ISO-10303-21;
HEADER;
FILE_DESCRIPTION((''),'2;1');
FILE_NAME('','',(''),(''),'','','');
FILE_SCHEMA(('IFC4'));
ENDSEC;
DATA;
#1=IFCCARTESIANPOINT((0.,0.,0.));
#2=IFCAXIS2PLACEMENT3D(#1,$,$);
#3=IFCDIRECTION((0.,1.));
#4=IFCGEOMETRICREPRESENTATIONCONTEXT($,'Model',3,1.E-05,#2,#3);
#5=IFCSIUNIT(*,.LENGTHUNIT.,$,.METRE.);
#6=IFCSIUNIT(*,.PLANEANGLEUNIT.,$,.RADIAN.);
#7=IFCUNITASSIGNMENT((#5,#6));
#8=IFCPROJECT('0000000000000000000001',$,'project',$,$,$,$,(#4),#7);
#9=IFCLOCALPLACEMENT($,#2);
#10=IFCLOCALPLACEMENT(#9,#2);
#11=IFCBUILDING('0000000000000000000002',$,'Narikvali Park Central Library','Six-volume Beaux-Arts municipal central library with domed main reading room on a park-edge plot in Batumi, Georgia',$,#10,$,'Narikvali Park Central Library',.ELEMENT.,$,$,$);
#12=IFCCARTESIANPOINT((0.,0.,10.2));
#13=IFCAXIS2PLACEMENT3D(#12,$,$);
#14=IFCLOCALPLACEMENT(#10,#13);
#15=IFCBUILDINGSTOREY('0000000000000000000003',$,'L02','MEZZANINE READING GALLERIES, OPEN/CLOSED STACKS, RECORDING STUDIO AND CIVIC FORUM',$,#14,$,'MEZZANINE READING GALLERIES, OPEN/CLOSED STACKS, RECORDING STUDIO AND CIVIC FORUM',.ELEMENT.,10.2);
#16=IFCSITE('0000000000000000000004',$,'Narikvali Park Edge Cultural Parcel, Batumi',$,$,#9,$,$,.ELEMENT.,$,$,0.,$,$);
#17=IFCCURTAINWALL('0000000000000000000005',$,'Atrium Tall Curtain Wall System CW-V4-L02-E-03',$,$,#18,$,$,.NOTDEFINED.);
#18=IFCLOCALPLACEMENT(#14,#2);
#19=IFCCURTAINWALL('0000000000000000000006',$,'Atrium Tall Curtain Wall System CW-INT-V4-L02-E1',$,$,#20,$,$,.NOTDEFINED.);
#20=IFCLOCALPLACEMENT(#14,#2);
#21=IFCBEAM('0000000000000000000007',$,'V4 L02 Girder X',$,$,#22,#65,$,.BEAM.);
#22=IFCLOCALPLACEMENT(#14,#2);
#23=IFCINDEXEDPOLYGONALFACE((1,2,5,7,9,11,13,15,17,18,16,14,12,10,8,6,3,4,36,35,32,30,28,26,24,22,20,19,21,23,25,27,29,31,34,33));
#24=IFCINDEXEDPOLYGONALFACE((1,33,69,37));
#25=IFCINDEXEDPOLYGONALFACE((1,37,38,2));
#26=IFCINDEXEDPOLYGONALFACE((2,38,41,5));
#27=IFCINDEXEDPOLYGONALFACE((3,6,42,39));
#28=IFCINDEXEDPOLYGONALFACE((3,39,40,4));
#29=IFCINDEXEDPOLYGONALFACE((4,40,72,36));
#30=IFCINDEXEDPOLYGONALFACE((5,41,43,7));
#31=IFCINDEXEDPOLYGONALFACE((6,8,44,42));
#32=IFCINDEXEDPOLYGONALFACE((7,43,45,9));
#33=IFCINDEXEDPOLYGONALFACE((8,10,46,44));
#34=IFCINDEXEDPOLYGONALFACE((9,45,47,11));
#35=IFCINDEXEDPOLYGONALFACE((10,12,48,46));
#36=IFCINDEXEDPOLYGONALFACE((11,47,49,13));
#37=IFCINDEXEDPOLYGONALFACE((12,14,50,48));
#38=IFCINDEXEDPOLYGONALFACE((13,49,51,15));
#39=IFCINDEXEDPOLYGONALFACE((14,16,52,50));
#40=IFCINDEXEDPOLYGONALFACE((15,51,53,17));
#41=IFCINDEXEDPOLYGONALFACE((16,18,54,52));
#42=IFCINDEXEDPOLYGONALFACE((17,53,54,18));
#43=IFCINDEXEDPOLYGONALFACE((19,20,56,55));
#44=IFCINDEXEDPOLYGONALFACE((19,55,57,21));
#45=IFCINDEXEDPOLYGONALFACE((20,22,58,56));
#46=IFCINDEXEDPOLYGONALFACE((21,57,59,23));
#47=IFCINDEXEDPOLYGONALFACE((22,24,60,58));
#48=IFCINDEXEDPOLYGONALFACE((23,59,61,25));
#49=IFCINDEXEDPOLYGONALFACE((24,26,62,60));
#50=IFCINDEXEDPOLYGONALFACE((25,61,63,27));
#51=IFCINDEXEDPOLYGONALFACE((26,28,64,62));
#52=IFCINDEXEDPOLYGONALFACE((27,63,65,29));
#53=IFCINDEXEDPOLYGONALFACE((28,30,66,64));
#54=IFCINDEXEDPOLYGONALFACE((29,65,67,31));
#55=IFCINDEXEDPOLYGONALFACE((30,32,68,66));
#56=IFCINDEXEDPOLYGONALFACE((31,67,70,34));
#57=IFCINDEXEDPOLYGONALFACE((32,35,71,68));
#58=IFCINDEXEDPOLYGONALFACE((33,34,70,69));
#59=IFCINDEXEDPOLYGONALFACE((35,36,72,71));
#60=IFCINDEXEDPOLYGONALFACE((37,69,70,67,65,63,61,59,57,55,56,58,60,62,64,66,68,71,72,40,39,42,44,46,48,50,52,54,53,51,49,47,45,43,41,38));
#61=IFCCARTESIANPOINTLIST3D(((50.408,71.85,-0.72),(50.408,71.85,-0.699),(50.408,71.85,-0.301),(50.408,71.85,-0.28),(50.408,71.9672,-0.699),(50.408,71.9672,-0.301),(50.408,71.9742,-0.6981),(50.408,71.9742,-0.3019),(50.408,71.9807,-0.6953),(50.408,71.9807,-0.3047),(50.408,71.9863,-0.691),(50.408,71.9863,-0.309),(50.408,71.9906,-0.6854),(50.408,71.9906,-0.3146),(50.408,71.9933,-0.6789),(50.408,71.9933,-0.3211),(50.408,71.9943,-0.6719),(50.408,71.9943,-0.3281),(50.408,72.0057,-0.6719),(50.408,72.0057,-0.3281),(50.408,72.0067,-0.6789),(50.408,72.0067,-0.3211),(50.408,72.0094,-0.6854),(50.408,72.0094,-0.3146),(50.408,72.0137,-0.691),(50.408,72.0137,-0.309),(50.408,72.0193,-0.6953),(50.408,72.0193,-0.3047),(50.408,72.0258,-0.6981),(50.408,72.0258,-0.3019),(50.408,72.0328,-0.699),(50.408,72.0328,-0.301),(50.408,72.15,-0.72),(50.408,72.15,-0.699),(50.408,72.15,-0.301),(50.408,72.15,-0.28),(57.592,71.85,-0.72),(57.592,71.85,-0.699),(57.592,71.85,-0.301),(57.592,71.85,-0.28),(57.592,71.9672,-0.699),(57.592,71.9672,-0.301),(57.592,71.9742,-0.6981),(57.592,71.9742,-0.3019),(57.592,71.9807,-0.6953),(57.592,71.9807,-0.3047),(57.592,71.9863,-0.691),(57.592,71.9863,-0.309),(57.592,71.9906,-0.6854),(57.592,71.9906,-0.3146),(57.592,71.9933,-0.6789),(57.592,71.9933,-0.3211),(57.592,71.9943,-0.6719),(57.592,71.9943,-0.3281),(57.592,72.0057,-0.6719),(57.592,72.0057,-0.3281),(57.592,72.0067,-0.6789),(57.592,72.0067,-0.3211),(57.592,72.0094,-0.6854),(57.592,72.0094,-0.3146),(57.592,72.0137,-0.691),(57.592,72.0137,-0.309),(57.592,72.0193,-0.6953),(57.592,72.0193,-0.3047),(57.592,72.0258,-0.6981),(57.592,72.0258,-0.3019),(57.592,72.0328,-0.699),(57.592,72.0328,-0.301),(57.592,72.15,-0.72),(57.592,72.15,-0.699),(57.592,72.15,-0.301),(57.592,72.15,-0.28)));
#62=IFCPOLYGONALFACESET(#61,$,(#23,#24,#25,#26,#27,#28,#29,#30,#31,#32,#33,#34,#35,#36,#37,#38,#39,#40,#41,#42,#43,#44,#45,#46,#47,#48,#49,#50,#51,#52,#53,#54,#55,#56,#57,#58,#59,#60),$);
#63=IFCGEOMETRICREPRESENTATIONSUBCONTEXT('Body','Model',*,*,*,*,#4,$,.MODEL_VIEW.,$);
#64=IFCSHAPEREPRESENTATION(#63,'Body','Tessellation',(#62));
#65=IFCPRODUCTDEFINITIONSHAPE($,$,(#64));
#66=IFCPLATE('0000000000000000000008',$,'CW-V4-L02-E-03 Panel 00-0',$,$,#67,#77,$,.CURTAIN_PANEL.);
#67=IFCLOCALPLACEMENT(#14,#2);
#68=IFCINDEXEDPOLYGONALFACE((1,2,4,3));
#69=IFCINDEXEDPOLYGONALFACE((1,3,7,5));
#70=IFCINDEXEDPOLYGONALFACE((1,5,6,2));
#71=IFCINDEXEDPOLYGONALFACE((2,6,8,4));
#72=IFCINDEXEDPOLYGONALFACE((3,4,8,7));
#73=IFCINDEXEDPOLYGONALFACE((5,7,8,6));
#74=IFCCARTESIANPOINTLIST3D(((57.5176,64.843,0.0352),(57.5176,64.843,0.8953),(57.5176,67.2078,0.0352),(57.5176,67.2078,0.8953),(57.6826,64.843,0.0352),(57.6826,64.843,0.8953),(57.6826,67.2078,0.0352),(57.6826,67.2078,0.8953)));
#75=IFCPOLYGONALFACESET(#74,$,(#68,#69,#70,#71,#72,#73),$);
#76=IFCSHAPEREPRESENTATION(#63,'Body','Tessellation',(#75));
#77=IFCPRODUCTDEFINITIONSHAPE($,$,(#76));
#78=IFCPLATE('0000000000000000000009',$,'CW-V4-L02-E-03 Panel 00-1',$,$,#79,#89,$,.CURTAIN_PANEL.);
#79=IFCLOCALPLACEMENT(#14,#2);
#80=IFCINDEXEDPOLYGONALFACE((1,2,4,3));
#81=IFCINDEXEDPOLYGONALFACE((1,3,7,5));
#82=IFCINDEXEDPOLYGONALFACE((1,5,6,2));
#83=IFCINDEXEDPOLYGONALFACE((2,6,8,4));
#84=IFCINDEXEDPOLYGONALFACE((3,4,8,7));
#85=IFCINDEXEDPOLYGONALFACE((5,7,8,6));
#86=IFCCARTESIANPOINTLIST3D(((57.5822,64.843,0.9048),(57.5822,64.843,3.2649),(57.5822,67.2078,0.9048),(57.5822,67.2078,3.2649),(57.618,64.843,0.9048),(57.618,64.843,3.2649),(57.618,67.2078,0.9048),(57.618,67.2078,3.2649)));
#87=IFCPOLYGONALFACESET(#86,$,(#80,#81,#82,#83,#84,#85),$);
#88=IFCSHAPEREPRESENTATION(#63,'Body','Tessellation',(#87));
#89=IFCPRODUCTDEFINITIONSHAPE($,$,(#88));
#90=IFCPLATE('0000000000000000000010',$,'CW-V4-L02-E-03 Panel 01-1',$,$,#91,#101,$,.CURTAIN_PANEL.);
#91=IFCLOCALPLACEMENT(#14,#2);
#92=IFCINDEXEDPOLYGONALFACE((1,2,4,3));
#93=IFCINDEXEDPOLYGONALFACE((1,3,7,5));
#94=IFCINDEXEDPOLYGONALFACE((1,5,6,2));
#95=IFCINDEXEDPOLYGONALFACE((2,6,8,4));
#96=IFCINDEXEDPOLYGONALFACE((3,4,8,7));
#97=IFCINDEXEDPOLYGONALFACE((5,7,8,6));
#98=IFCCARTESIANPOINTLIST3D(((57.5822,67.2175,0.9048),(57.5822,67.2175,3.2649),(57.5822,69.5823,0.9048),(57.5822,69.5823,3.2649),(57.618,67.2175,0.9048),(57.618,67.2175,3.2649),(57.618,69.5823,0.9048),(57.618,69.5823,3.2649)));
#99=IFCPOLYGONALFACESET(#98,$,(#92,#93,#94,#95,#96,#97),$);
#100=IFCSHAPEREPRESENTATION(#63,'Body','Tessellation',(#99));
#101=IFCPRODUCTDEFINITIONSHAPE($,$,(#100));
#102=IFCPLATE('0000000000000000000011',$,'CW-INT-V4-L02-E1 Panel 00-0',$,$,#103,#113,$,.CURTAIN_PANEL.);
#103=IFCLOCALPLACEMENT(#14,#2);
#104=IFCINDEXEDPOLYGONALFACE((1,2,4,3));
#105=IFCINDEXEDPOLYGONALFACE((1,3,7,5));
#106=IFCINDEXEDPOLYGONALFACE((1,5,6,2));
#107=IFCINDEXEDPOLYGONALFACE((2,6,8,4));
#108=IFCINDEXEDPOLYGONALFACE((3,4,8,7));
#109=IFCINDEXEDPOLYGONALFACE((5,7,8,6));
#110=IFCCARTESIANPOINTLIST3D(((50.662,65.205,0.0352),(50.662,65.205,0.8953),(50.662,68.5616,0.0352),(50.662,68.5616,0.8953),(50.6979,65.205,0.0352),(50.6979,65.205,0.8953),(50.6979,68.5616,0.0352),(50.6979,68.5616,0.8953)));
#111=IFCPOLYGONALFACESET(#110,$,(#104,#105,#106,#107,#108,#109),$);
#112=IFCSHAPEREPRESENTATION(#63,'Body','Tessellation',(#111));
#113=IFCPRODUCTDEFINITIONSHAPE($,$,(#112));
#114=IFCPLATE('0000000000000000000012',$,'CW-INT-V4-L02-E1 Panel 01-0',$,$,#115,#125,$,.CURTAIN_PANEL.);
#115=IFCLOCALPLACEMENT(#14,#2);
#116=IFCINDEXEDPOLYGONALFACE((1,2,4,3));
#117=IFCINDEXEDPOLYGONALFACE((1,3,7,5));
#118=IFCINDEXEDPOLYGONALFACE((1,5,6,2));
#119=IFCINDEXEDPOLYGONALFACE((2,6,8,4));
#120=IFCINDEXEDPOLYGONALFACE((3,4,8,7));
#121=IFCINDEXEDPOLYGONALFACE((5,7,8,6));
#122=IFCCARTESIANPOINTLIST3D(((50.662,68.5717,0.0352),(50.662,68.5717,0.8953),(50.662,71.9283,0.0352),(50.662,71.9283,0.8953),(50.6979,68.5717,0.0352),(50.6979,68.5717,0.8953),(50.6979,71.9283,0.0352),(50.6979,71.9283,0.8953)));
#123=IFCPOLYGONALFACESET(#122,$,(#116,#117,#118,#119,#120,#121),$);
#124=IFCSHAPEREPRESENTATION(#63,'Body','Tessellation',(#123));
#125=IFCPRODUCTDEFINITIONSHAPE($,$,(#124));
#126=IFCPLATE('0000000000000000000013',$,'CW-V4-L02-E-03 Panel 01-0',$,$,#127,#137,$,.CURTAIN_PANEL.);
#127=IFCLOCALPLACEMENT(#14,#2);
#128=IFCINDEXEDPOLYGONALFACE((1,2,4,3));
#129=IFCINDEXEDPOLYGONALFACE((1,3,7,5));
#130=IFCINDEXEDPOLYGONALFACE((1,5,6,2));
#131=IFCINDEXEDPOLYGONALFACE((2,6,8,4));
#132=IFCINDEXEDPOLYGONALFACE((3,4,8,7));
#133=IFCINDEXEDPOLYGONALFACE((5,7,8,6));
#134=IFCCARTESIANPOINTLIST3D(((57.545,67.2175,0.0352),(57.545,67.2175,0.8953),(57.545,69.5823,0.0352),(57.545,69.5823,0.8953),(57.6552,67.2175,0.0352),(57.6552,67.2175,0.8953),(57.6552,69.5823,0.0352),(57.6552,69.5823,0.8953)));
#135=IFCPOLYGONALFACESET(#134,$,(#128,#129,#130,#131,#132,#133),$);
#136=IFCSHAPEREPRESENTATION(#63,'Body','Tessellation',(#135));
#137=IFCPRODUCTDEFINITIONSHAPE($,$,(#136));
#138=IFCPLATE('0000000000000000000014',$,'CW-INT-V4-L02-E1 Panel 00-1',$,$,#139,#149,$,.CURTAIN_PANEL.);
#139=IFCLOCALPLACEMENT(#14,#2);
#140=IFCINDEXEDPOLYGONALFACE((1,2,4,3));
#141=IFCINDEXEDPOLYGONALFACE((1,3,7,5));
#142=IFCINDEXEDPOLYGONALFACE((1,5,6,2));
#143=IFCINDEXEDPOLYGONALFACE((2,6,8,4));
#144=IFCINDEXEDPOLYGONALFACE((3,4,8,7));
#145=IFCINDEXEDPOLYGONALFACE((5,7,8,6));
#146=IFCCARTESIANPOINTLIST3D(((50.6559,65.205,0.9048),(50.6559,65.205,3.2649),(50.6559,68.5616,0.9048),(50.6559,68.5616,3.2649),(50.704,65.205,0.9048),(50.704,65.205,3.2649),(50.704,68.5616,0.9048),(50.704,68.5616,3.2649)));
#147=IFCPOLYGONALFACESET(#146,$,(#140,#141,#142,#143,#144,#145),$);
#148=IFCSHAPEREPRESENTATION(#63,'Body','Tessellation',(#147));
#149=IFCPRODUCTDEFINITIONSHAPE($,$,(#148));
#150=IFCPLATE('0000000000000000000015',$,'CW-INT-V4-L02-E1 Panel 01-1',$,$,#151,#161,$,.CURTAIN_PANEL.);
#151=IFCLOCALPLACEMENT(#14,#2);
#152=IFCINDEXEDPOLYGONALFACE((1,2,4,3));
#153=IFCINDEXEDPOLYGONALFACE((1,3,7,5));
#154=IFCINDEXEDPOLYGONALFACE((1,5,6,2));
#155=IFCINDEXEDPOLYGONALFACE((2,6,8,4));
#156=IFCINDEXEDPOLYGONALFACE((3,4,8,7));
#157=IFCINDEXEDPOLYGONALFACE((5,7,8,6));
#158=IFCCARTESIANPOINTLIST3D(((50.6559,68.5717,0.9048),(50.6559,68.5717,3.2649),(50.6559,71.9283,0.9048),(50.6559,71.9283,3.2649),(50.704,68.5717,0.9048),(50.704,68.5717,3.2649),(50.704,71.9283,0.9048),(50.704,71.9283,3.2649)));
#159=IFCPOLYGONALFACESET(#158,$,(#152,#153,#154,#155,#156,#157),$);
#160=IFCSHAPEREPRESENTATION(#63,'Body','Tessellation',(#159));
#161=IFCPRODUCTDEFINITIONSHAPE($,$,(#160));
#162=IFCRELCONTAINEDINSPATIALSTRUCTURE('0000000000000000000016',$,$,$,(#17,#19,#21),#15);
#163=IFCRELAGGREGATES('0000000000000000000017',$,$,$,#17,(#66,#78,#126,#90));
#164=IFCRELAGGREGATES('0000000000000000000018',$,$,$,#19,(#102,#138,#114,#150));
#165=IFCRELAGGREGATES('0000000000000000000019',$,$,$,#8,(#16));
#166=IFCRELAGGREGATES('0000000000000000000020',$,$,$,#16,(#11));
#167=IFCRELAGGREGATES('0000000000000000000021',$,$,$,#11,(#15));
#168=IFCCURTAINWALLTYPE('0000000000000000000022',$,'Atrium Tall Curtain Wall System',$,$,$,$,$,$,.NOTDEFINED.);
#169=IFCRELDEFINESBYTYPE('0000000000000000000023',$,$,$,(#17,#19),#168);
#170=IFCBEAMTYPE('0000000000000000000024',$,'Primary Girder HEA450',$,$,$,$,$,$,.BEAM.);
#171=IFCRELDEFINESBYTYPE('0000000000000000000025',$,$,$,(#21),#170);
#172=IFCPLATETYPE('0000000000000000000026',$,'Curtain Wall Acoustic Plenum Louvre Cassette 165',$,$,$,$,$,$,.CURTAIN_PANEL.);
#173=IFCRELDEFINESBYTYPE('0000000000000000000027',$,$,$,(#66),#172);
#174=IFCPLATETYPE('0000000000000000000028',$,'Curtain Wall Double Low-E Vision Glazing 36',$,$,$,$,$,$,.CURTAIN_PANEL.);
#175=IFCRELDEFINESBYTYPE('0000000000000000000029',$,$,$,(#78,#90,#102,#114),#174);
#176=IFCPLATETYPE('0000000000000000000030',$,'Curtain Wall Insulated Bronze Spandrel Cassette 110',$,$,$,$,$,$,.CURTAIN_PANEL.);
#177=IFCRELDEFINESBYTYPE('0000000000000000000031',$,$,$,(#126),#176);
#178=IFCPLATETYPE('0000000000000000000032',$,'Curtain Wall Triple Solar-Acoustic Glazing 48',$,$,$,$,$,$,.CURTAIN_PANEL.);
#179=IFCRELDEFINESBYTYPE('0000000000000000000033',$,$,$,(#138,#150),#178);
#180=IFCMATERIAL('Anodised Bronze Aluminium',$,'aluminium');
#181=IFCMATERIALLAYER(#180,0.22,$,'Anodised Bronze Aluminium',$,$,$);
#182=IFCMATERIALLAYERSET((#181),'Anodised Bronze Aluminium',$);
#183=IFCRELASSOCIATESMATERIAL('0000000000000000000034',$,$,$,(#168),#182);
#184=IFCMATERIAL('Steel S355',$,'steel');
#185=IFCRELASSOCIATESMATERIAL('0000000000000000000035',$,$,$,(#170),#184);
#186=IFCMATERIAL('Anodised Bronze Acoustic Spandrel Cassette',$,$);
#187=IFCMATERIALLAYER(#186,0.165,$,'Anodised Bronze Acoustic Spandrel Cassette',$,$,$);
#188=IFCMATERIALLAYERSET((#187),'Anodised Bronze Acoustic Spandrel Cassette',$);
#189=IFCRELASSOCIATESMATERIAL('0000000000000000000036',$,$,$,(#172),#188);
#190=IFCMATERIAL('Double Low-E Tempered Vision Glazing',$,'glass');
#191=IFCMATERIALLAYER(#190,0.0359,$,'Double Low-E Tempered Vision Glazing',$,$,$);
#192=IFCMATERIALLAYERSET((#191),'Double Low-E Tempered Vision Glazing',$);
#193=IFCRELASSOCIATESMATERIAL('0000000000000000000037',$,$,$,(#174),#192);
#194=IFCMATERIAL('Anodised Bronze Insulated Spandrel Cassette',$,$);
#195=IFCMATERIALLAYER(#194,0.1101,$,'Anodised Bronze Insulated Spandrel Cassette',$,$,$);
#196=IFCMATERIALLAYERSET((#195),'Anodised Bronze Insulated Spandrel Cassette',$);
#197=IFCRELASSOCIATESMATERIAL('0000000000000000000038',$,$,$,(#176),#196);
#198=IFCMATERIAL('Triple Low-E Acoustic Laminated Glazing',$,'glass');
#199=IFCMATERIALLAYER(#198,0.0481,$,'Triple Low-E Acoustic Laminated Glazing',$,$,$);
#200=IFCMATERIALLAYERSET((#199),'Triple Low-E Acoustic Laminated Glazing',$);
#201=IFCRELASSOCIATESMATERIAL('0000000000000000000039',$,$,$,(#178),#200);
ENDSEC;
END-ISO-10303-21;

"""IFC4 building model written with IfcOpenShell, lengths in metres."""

from ifc_helpers import new_model, si_unit, direction, frame, origin, origin_2d, place, context, subcontext, project, spatial, rectangle, i_section, extrude, material, layer, layer_set, material_profile, profile_set, type_object, element, aggregate, save


model = new_model("IFC4")

# Units and contexts
model_context = context("Model", 3, precision=1e-05, world=origin(), true_north=direction((0.0, 1.0)))
body_context = subcontext(model_context, "Body", "Model", "MODEL_VIEW")
ifc_project = project(units=[si_unit("LENGTHUNIT", "METRE"), si_unit("PLANEANGLEUNIT", "RADIAN")], contexts=[model_context])

# Site, building, storey
site_placement = place(None, origin())
site = spatial("IfcSite", under=ifc_project, at=site_placement, Name="Narikvali Park Edge Cultural Parcel, Batumi", CompositionType="ELEMENT", RefElevation=0.0)
building_placement = place(site_placement, origin())
building = spatial("IfcBuilding", under=site, at=building_placement, Name="Narikvali Park Central Library", Description="Six-volume Beaux-Arts municipal central library with domed main reading room on a park-edge plot in Batumi, Georgia", LongName="Narikvali Park Central Library", CompositionType="ELEMENT")
storey_placement = place(building_placement, frame((0.0, 0.0, 10.2)))
storey = spatial("IfcBuildingStorey", under=building, at=storey_placement, Name="L02", Description="MEZZANINE READING GALLERIES, OPEN/CLOSED STACKS, RECORDING STUDIO AND CIVIC FORUM", LongName="MEZZANINE READING GALLERIES, OPEN/CLOSED STACKS, RECORDING STUDIO AND CIVIC FORUM", CompositionType="ELEMENT", Elevation=10.2)

# Shared definitions
ifc_material_1 = material(Name="Steel S355", Category="steel")

# Curtain walls
ifc_material_2 = material(Name="Anodised Bronze Aluminium", Category="aluminium")
ifc_layer_1 = layer(ifc_material_2, 0.22, Name="Anodised Bronze Aluminium")
ifc_layer_set_1 = layer_set([ifc_layer_1], Name="Anodised Bronze Aluminium")
curtain_wall_type = type_object("IfcCurtainWallType", Name="Atrium Tall Curtain Wall System", PredefinedType="NOTDEFINED", material=ifc_layer_set_1)
curtain_wall_1_placement = place(storey_placement, origin())
curtain_wall_1 = element("IfcCurtainWall", 1, at=curtain_wall_1_placement, inside=storey, type_object=curtain_wall_type, Name="Atrium Tall Curtain Wall System CW-V4-L02-E-03", PredefinedType="NOTDEFINED")
curtain_wall_2_placement = place(storey_placement, origin())
curtain_wall_2 = element("IfcCurtainWall", 2, at=curtain_wall_2_placement, inside=storey, type_object=curtain_wall_type, Name="Atrium Tall Curtain Wall System CW-INT-V4-L02-E1", PredefinedType="NOTDEFINED")

# Beam
ifc_material_profile_1 = material_profile(ifc_material_1, i_section(OverallWidth=0.3, OverallDepth=0.4399, WebThickness=0.0115, FlangeThickness=0.021, FilletRadius=0.0271, at=origin_2d()), Name="HEA 450")
ifc_profile_set_1 = profile_set([ifc_material_profile_1], Name="Steel S355")
beam_type_1 = type_object("IfcBeamType", Name="Primary Girder HEA450", PredefinedType="BEAM", material=ifc_profile_set_1)
beam_1_placement = place(storey_placement, frame((50.408, 72.0, -0.5), z_axis=(1.0, 0.0, 0.0), x_axis=(0.0, 1.0, 0.0)))
element("IfcBeam", 3, at=beam_1_placement, inside=storey, type_object=beam_type_1, Name="V4 L02 Girder X", PredefinedType="BEAM", context=body_context, shape_type="SweptSolid", body=[
    extrude(i_section(OverallWidth=0.3, OverallDepth=0.4399, WebThickness=0.0115, FlangeThickness=0.021, FilletRadius=0.0271, at=origin_2d()), origin(), (0.0, 0.0, 1.0), 7.1841),
])

# Plates
ifc_material_3 = material(Name="Anodised Bronze Acoustic Spandrel Cassette")
ifc_layer_2 = layer(ifc_material_3, 0.165, Name="Anodised Bronze Acoustic Spandrel Cassette")
ifc_layer_set_2 = layer_set([ifc_layer_2], Name="Anodised Bronze Acoustic Spandrel Cassette")
plate_type_1 = type_object("IfcPlateType", Name="Curtain Wall Acoustic Plenum Louvre Cassette 165", PredefinedType="CURTAIN_PANEL", material=ifc_layer_set_2)
plate_1_placement = place(storey_placement, frame((57.6001, 66.0254, 0.0352), z_axis=(0.0, 0.0, 1.0), x_axis=(0.0, 1.0, 0.0)))
plate_1 = element("IfcPlate", 4, at=plate_1_placement, type_object=plate_type_1, Name="CW-V4-L02-E-03 Panel 00-0", PredefinedType="CURTAIN_PANEL", context=body_context, shape_type="SweptSolid", body=[
    extrude(rectangle(XDim=2.3647, YDim=0.165, at=origin_2d()), origin(), (0.0, 0.0, 1.0), 0.8601),
])
ifc_material_4 = material(Name="Double Low-E Tempered Vision Glazing", Category="glass")
ifc_layer_3 = layer(ifc_material_4, 0.0359, Name="Double Low-E Tempered Vision Glazing")
ifc_layer_set_3 = layer_set([ifc_layer_3], Name="Double Low-E Tempered Vision Glazing")
plate_type_2 = type_object("IfcPlateType", Name="Curtain Wall Double Low-E Vision Glazing 36", PredefinedType="CURTAIN_PANEL", material=ifc_layer_set_3)
plate_2_placement = place(storey_placement, frame((57.6001, 66.0254, 0.9048), z_axis=(0.0, 0.0, 1.0), x_axis=(0.0, 1.0, 0.0)))
plate_2 = element("IfcPlate", 5, at=plate_2_placement, type_object=plate_type_2, Name="CW-V4-L02-E-03 Panel 00-1", PredefinedType="CURTAIN_PANEL", context=body_context, shape_type="SweptSolid", body=[
    extrude(rectangle(XDim=2.3647, YDim=0.0359, at=origin_2d()), origin(), (0.0, 0.0, 1.0), 2.3601),
])
plate_3_placement = place(storey_placement, frame((57.6001, 68.3999, 0.9048), z_axis=(0.0, 0.0, 1.0), x_axis=(0.0, 1.0, 0.0)))
plate_3 = element("IfcPlate", 6, at=plate_3_placement, type_object=plate_type_2, Name="CW-V4-L02-E-03 Panel 01-1", PredefinedType="CURTAIN_PANEL", context=body_context, shape_type="SweptSolid", body=[
    extrude(rectangle(XDim=2.3647, YDim=0.0359, at=origin_2d()), origin(), (0.0, 0.0, 1.0), 2.3601),
])
plate_4_placement = place(storey_placement, frame((50.6799, 66.8833, 0.0352), z_axis=(0.0, 0.0, 1.0), x_axis=(0.0, 1.0, 0.0)))
plate_4 = element("IfcPlate", 7, at=plate_4_placement, type_object=plate_type_2, Name="CW-INT-V4-L02-E1 Panel 00-0", PredefinedType="CURTAIN_PANEL", context=body_context, shape_type="SweptSolid", body=[
    extrude(rectangle(XDim=3.3567, YDim=0.0359, at=origin_2d()), origin(), (0.0, 0.0, 1.0), 0.8601),
])
plate_5_placement = place(storey_placement, frame((50.6799, 70.25, 0.0352), z_axis=(0.0, 0.0, 1.0), x_axis=(0.0, 1.0, 0.0)))
plate_5 = element("IfcPlate", 8, at=plate_5_placement, type_object=plate_type_2, Name="CW-INT-V4-L02-E1 Panel 01-0", PredefinedType="CURTAIN_PANEL", context=body_context, shape_type="SweptSolid", body=[
    extrude(rectangle(XDim=3.3567, YDim=0.0359, at=origin_2d()), origin(), (0.0, 0.0, 1.0), 0.8601),
])
ifc_material_5 = material(Name="Anodised Bronze Insulated Spandrel Cassette")
ifc_layer_4 = layer(ifc_material_5, 0.1101, Name="Anodised Bronze Insulated Spandrel Cassette")
ifc_layer_set_4 = layer_set([ifc_layer_4], Name="Anodised Bronze Insulated Spandrel Cassette")
plate_type_3 = type_object("IfcPlateType", Name="Curtain Wall Insulated Bronze Spandrel Cassette 110", PredefinedType="CURTAIN_PANEL", material=ifc_layer_set_4)
plate_6_placement = place(storey_placement, frame((57.6001, 68.3999, 0.0352), z_axis=(0.0, 0.0, 1.0), x_axis=(0.0, 1.0, 0.0)))
plate_6 = element("IfcPlate", 9, at=plate_6_placement, type_object=plate_type_3, Name="CW-V4-L02-E-03 Panel 01-0", PredefinedType="CURTAIN_PANEL", context=body_context, shape_type="SweptSolid", body=[
    extrude(rectangle(XDim=2.3647, YDim=0.1101, at=origin_2d()), origin(), (0.0, 0.0, 1.0), 0.8601),
])
aggregate(curtain_wall_1, [plate_1, plate_2, plate_6, plate_3])
ifc_material_6 = material(Name="Triple Low-E Acoustic Laminated Glazing", Category="glass")
ifc_layer_5 = layer(ifc_material_6, 0.0481, Name="Triple Low-E Acoustic Laminated Glazing")
ifc_layer_set_5 = layer_set([ifc_layer_5], Name="Triple Low-E Acoustic Laminated Glazing")
plate_type_4 = type_object("IfcPlateType", Name="Curtain Wall Triple Solar-Acoustic Glazing 48", PredefinedType="CURTAIN_PANEL", material=ifc_layer_set_5)
plate_7_placement = place(storey_placement, frame((50.6799, 66.8833, 0.9048), z_axis=(0.0, 0.0, 1.0), x_axis=(0.0, 1.0, 0.0)))
plate_7 = element("IfcPlate", 10, at=plate_7_placement, type_object=plate_type_4, Name="CW-INT-V4-L02-E1 Panel 00-1", PredefinedType="CURTAIN_PANEL", context=body_context, shape_type="SweptSolid", body=[
    extrude(rectangle(XDim=3.3567, YDim=0.0481, at=origin_2d()), origin(), (0.0, 0.0, 1.0), 2.3601),
])
plate_8_placement = place(storey_placement, frame((50.6799, 70.25, 0.9048), z_axis=(0.0, 0.0, 1.0), x_axis=(0.0, 1.0, 0.0)))
plate_8 = element("IfcPlate", 11, at=plate_8_placement, type_object=plate_type_4, Name="CW-INT-V4-L02-E1 Panel 01-1", PredefinedType="CURTAIN_PANEL", context=body_context, shape_type="SweptSolid", body=[
    extrude(rectangle(XDim=3.3567, YDim=0.0481, at=origin_2d()), origin(), (0.0, 0.0, 1.0), 2.3601),
])
aggregate(curtain_wall_2, [plate_4, plate_7, plate_5, plate_8])

save(model, "model.ifc")
